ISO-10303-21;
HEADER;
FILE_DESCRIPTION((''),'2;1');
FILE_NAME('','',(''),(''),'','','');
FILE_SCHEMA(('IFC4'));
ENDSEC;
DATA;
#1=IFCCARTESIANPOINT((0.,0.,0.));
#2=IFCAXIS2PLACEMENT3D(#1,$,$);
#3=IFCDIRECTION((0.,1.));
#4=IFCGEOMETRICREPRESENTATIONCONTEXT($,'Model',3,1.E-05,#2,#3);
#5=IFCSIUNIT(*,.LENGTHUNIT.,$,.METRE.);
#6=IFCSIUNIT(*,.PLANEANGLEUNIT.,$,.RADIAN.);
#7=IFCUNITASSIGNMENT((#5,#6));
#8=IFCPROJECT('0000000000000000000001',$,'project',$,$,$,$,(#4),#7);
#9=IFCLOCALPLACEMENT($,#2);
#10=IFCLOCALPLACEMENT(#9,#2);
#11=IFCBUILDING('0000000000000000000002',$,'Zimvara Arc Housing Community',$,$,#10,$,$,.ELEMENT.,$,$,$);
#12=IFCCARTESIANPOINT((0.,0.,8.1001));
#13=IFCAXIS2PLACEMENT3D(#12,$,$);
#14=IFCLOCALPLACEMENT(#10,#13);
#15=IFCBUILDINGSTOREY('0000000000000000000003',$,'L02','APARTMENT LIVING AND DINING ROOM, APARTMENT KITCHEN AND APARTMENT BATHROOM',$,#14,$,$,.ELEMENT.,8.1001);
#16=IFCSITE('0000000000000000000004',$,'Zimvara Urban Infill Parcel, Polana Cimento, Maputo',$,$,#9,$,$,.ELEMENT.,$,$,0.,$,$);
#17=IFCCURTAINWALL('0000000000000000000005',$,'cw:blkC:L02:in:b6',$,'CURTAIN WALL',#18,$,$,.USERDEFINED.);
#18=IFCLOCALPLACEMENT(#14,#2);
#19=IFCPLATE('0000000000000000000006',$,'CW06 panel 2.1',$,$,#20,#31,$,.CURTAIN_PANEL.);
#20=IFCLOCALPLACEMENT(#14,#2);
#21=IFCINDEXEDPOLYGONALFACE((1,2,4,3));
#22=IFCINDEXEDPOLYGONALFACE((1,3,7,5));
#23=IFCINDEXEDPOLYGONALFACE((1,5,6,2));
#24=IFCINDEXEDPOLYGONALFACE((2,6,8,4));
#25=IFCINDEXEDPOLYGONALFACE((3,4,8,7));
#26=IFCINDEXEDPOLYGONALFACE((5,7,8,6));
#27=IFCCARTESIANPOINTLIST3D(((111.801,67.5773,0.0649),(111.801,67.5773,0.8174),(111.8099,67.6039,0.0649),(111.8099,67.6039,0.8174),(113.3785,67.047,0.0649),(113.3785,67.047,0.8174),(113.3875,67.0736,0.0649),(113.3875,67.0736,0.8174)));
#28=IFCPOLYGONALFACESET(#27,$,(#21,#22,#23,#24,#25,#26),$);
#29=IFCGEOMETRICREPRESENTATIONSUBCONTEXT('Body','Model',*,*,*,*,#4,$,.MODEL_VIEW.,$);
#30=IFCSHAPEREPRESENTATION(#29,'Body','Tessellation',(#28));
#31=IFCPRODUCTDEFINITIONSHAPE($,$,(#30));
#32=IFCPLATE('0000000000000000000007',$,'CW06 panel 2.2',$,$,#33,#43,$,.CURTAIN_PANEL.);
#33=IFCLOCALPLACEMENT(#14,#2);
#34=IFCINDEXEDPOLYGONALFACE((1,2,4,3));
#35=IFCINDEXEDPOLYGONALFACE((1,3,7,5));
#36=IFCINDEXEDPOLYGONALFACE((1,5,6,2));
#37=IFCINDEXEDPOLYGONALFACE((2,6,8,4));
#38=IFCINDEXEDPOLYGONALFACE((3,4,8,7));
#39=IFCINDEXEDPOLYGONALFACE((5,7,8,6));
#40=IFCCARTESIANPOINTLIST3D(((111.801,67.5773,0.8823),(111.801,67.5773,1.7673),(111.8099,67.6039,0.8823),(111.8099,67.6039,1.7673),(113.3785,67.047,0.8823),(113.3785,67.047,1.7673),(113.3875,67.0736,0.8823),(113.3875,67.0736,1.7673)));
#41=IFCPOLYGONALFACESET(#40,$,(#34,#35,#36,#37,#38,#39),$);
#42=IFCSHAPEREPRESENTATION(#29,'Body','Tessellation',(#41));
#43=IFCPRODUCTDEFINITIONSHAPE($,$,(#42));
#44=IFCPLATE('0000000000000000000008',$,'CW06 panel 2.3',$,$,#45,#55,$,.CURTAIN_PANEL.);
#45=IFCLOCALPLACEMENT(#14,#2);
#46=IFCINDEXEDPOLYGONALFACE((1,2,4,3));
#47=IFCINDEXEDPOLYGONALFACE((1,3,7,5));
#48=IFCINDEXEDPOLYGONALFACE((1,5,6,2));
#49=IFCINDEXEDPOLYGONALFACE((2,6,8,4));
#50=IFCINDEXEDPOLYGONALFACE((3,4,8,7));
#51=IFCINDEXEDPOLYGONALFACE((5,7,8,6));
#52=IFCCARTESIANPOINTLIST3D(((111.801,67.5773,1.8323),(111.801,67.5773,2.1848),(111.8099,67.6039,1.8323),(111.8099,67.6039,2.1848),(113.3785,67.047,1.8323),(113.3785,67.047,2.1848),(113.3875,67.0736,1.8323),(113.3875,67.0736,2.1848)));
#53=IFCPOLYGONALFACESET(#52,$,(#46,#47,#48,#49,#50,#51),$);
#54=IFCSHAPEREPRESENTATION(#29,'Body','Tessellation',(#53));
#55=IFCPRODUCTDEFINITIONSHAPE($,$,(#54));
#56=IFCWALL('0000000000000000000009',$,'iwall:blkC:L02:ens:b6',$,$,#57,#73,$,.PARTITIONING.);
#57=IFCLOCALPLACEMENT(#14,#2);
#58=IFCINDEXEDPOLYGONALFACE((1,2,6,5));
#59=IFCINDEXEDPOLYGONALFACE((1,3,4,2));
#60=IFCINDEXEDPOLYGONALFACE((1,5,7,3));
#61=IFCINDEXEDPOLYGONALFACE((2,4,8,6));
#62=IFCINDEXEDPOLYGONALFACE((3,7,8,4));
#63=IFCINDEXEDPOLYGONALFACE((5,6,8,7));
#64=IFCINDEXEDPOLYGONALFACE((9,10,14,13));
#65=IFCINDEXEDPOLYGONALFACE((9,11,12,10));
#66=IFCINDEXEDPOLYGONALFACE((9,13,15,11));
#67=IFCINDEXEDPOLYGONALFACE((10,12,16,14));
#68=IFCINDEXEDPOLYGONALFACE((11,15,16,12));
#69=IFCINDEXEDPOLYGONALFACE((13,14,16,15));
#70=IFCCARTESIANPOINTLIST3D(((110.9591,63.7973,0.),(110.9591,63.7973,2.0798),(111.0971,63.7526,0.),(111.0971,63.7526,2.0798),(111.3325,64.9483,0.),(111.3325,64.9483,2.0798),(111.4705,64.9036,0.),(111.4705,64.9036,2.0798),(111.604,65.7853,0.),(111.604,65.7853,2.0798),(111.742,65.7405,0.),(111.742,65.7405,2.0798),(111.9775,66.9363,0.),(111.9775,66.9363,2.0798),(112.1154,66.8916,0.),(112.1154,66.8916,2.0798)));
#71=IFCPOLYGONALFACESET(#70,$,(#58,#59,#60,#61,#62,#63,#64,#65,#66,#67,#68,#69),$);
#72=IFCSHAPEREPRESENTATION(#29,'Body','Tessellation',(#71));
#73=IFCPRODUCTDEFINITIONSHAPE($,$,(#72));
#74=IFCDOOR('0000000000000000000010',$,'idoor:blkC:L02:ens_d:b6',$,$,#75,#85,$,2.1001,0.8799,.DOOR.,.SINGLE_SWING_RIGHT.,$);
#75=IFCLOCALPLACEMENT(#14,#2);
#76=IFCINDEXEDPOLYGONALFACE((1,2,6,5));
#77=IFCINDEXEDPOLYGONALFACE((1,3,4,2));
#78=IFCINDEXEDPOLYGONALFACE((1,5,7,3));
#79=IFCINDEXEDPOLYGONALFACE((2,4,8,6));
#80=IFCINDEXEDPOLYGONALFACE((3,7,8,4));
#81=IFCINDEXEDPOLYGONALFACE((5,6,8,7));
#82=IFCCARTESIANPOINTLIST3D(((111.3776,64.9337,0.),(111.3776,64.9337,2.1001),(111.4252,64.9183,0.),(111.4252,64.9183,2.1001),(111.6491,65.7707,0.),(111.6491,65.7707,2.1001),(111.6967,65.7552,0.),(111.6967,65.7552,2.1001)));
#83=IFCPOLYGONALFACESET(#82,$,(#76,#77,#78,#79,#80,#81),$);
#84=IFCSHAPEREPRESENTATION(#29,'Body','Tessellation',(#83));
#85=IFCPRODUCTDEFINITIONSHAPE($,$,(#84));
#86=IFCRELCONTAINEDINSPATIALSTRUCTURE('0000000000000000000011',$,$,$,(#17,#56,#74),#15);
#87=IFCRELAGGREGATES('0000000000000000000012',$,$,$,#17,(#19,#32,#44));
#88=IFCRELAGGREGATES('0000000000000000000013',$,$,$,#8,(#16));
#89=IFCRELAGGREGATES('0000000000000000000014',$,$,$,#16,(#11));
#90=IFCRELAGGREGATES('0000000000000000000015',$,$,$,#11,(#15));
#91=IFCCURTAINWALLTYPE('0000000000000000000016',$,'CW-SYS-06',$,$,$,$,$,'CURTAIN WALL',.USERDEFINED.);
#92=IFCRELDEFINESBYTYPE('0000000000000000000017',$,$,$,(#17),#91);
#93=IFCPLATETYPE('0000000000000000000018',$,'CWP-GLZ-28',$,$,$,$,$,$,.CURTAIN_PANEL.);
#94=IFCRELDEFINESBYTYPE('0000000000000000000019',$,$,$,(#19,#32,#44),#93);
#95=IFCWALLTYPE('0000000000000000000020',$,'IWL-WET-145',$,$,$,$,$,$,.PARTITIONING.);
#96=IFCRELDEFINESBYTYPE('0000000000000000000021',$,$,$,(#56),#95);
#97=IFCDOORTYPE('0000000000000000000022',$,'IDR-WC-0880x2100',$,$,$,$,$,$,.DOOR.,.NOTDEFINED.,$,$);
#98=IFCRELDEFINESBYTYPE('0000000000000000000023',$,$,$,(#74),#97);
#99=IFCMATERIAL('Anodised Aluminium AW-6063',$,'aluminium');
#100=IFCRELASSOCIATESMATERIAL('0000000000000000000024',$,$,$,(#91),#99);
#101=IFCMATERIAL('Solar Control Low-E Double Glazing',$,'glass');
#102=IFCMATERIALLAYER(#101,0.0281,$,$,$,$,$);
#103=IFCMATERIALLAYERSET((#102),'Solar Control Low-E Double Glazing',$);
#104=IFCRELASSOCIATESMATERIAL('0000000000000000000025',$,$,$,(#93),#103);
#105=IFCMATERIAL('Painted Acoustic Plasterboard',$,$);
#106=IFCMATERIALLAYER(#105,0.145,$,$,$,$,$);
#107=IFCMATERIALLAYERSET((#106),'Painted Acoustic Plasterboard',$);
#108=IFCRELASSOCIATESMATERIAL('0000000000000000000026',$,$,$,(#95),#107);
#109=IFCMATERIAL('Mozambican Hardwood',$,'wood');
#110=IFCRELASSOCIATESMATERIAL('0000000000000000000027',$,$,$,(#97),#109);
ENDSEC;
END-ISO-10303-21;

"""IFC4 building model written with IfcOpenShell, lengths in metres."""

from ifc_helpers import new_model, si_unit, direction, frame, frame_2d, origin, origin_2d, place, context, subcontext, project, spatial, rectangle, extrude, material, layer, layer_set, type_object, element, fill, aggregate, save


model = new_model("IFC4")

# Units and contexts
model_context = context("Model", 3, precision=1e-05, world=origin(), true_north=direction((0.0, 1.0)))
body_context = subcontext(model_context, "Body", "Model", "MODEL_VIEW")
ifc_project = project(units=[si_unit("LENGTHUNIT", "METRE"), si_unit("PLANEANGLEUNIT", "RADIAN")], contexts=[model_context])

# Site, building, storey
site_placement = place(None, origin())
site = spatial("IfcSite", under=ifc_project, at=site_placement, Name="Zimvara Urban Infill Parcel, Polana Cimento, Maputo", CompositionType="ELEMENT", RefElevation=0.0)
building_placement = place(site_placement, origin())
building = spatial("IfcBuilding", under=site, at=building_placement, Name="Zimvara Arc Housing Community", CompositionType="ELEMENT")
storey_placement = place(building_placement, frame((0.0, 0.0, 8.1001)))
storey = spatial("IfcBuildingStorey", under=building, at=storey_placement, Name="L02", Description="APARTMENT LIVING AND DINING ROOM, APARTMENT KITCHEN AND APARTMENT BATHROOM", CompositionType="ELEMENT", Elevation=8.1001)

# Curtain wall
ifc_material_1 = material(Name="Anodised Aluminium AW-6063", Category="aluminium")
curtain_wall_type_1 = type_object("IfcCurtainWallType", Name="CW-SYS-06", ElementType="CURTAIN WALL", PredefinedType="USERDEFINED", material=ifc_material_1)
curtain_wall_1_placement = place(storey_placement, origin())
curtain_wall_1 = element("IfcCurtainWall", 1, at=curtain_wall_1_placement, inside=storey, type_object=curtain_wall_type_1, Name="cw:blkC:L02:in:b6", ObjectType="CURTAIN WALL", PredefinedType="USERDEFINED")

# Plates
ifc_material_2 = material(Name="Solar Control Low-E Double Glazing", Category="glass")
ifc_layer_1 = layer(ifc_material_2, 0.0281)
ifc_layer_set_1 = layer_set([ifc_layer_1], Name="Solar Control Low-E Double Glazing")
plate_type_1 = type_object("IfcPlateType", Name="CWP-GLZ-28", PredefinedType="CURTAIN_PANEL", material=ifc_layer_set_1)
plate_1_placement = place(storey_placement, frame((112.5942, 67.3254, 0.0649), z_axis=(0.0, 0.0, 1.0), x_axis=(0.947879, -0.31863, 0.0)))
plate_1 = element("IfcPlate", 2, at=plate_1_placement, type_object=plate_type_1, Name="CW06 panel 2.1", PredefinedType="CURTAIN_PANEL", context=body_context, shape_type="SweptSolid", body=[
    extrude(rectangle(XDim=1.6643, YDim=0.0281, at=origin_2d()), origin(), (0.0, 0.0, 1.0), 0.7524),
])
plate_2_placement = place(storey_placement, frame((112.5942, 67.3254, 0.8823), z_axis=(0.0, 0.0, 1.0), x_axis=(0.947879, -0.31863, 0.0)))
plate_2 = element("IfcPlate", 3, at=plate_2_placement, type_object=plate_type_1, Name="CW06 panel 2.2", PredefinedType="CURTAIN_PANEL", context=body_context, shape_type="SweptSolid", body=[
    extrude(rectangle(XDim=1.6643, YDim=0.0281, at=origin_2d()), origin(), (0.0, 0.0, 1.0), 0.885),
])
plate_3_placement = place(storey_placement, frame((112.5942, 67.3254, 1.8323), z_axis=(0.0, 0.0, 1.0), x_axis=(0.947879, -0.31863, 0.0)))
plate_3 = element("IfcPlate", 4, at=plate_3_placement, type_object=plate_type_1, Name="CW06 panel 2.3", PredefinedType="CURTAIN_PANEL", context=body_context, shape_type="SweptSolid", body=[
    extrude(rectangle(XDim=1.6643, YDim=0.0281, at=origin_2d()), origin(), (0.0, 0.0, 1.0), 0.3525),
])
aggregate(curtain_wall_1, [plate_1, plate_2, plate_3])

# Wall, opening, door
ifc_material_3 = material(Name="Painted Acoustic Plasterboard")
ifc_layer_2 = layer(ifc_material_3, 0.145)
ifc_layer_set_2 = layer_set([ifc_layer_2], Name="Painted Acoustic Plasterboard")
wall_type = type_object("IfcWallType", Name="IWL-WET-145", PredefinedType="PARTITIONING", material=ifc_layer_set_2)
wall_placement = place(storey_placement, frame((112.0464, 66.9138, 0.0), z_axis=(0.0, 0.0, 1.0), x_axis=(-0.308582, -0.951198, 0.0)))
wall = element("IfcWall", 5, at=wall_placement, inside=storey, type_object=wall_type, Name="iwall:blkC:L02:ens:b6", PredefinedType="PARTITIONING", context=body_context, shape_type="SweptSolid", body=[
    extrude(rectangle(XDim=3.3, YDim=0.145, at=frame_2d((1.6499, 0.0))), origin(), (0.0, 0.0, 1.0), 2.0798),
])
opening_placement = place(wall_placement, frame((1.21, 0.0, 0.0)))
opening = element("IfcOpeningElement", 6, at=opening_placement, cuts=wall, PredefinedType="OPENING", context=body_context, shape_type="SweptSolid", body=[
    extrude(rectangle(XDim=0.8799, YDim=2.1001, at=frame_2d((0.4399, 1.05))), frame((0.0, 0.0825, 0.0), z_axis=(0.0, -1.0, 0.0), x_axis=(1.0, 0.0, 0.0)), (0.0, 0.0, 1.0), 0.165),
])
ifc_material_4 = material(Name="Mozambican Hardwood", Category="wood")
door_type = type_object("IfcDoorType", Name="IDR-WC-0880x2100", OperationType="NOTDEFINED", PredefinedType="DOOR", material=ifc_material_4)
door_placement = place(opening_placement, origin())
door = element("IfcDoor", 7, at=door_placement, inside=storey, type_object=door_type, Name="idoor:blkC:L02:ens_d:b6", OperationType="SINGLE_SWING_RIGHT", OverallHeight=2.1001, OverallWidth=0.8799, PredefinedType="DOOR", context=body_context, shape_type="SweptSolid", body=[
    extrude(rectangle(XDim=0.8799, YDim=2.1001, at=frame_2d((0.4399, 1.05))), frame((0.0, 0.0249, 0.0), z_axis=(0.0, -1.0, 0.0), x_axis=(1.0, 0.0, 0.0)), (0.0, 0.0, 1.0), 0.05),
])
fill(opening, door)

save(model, "model.ifc")
